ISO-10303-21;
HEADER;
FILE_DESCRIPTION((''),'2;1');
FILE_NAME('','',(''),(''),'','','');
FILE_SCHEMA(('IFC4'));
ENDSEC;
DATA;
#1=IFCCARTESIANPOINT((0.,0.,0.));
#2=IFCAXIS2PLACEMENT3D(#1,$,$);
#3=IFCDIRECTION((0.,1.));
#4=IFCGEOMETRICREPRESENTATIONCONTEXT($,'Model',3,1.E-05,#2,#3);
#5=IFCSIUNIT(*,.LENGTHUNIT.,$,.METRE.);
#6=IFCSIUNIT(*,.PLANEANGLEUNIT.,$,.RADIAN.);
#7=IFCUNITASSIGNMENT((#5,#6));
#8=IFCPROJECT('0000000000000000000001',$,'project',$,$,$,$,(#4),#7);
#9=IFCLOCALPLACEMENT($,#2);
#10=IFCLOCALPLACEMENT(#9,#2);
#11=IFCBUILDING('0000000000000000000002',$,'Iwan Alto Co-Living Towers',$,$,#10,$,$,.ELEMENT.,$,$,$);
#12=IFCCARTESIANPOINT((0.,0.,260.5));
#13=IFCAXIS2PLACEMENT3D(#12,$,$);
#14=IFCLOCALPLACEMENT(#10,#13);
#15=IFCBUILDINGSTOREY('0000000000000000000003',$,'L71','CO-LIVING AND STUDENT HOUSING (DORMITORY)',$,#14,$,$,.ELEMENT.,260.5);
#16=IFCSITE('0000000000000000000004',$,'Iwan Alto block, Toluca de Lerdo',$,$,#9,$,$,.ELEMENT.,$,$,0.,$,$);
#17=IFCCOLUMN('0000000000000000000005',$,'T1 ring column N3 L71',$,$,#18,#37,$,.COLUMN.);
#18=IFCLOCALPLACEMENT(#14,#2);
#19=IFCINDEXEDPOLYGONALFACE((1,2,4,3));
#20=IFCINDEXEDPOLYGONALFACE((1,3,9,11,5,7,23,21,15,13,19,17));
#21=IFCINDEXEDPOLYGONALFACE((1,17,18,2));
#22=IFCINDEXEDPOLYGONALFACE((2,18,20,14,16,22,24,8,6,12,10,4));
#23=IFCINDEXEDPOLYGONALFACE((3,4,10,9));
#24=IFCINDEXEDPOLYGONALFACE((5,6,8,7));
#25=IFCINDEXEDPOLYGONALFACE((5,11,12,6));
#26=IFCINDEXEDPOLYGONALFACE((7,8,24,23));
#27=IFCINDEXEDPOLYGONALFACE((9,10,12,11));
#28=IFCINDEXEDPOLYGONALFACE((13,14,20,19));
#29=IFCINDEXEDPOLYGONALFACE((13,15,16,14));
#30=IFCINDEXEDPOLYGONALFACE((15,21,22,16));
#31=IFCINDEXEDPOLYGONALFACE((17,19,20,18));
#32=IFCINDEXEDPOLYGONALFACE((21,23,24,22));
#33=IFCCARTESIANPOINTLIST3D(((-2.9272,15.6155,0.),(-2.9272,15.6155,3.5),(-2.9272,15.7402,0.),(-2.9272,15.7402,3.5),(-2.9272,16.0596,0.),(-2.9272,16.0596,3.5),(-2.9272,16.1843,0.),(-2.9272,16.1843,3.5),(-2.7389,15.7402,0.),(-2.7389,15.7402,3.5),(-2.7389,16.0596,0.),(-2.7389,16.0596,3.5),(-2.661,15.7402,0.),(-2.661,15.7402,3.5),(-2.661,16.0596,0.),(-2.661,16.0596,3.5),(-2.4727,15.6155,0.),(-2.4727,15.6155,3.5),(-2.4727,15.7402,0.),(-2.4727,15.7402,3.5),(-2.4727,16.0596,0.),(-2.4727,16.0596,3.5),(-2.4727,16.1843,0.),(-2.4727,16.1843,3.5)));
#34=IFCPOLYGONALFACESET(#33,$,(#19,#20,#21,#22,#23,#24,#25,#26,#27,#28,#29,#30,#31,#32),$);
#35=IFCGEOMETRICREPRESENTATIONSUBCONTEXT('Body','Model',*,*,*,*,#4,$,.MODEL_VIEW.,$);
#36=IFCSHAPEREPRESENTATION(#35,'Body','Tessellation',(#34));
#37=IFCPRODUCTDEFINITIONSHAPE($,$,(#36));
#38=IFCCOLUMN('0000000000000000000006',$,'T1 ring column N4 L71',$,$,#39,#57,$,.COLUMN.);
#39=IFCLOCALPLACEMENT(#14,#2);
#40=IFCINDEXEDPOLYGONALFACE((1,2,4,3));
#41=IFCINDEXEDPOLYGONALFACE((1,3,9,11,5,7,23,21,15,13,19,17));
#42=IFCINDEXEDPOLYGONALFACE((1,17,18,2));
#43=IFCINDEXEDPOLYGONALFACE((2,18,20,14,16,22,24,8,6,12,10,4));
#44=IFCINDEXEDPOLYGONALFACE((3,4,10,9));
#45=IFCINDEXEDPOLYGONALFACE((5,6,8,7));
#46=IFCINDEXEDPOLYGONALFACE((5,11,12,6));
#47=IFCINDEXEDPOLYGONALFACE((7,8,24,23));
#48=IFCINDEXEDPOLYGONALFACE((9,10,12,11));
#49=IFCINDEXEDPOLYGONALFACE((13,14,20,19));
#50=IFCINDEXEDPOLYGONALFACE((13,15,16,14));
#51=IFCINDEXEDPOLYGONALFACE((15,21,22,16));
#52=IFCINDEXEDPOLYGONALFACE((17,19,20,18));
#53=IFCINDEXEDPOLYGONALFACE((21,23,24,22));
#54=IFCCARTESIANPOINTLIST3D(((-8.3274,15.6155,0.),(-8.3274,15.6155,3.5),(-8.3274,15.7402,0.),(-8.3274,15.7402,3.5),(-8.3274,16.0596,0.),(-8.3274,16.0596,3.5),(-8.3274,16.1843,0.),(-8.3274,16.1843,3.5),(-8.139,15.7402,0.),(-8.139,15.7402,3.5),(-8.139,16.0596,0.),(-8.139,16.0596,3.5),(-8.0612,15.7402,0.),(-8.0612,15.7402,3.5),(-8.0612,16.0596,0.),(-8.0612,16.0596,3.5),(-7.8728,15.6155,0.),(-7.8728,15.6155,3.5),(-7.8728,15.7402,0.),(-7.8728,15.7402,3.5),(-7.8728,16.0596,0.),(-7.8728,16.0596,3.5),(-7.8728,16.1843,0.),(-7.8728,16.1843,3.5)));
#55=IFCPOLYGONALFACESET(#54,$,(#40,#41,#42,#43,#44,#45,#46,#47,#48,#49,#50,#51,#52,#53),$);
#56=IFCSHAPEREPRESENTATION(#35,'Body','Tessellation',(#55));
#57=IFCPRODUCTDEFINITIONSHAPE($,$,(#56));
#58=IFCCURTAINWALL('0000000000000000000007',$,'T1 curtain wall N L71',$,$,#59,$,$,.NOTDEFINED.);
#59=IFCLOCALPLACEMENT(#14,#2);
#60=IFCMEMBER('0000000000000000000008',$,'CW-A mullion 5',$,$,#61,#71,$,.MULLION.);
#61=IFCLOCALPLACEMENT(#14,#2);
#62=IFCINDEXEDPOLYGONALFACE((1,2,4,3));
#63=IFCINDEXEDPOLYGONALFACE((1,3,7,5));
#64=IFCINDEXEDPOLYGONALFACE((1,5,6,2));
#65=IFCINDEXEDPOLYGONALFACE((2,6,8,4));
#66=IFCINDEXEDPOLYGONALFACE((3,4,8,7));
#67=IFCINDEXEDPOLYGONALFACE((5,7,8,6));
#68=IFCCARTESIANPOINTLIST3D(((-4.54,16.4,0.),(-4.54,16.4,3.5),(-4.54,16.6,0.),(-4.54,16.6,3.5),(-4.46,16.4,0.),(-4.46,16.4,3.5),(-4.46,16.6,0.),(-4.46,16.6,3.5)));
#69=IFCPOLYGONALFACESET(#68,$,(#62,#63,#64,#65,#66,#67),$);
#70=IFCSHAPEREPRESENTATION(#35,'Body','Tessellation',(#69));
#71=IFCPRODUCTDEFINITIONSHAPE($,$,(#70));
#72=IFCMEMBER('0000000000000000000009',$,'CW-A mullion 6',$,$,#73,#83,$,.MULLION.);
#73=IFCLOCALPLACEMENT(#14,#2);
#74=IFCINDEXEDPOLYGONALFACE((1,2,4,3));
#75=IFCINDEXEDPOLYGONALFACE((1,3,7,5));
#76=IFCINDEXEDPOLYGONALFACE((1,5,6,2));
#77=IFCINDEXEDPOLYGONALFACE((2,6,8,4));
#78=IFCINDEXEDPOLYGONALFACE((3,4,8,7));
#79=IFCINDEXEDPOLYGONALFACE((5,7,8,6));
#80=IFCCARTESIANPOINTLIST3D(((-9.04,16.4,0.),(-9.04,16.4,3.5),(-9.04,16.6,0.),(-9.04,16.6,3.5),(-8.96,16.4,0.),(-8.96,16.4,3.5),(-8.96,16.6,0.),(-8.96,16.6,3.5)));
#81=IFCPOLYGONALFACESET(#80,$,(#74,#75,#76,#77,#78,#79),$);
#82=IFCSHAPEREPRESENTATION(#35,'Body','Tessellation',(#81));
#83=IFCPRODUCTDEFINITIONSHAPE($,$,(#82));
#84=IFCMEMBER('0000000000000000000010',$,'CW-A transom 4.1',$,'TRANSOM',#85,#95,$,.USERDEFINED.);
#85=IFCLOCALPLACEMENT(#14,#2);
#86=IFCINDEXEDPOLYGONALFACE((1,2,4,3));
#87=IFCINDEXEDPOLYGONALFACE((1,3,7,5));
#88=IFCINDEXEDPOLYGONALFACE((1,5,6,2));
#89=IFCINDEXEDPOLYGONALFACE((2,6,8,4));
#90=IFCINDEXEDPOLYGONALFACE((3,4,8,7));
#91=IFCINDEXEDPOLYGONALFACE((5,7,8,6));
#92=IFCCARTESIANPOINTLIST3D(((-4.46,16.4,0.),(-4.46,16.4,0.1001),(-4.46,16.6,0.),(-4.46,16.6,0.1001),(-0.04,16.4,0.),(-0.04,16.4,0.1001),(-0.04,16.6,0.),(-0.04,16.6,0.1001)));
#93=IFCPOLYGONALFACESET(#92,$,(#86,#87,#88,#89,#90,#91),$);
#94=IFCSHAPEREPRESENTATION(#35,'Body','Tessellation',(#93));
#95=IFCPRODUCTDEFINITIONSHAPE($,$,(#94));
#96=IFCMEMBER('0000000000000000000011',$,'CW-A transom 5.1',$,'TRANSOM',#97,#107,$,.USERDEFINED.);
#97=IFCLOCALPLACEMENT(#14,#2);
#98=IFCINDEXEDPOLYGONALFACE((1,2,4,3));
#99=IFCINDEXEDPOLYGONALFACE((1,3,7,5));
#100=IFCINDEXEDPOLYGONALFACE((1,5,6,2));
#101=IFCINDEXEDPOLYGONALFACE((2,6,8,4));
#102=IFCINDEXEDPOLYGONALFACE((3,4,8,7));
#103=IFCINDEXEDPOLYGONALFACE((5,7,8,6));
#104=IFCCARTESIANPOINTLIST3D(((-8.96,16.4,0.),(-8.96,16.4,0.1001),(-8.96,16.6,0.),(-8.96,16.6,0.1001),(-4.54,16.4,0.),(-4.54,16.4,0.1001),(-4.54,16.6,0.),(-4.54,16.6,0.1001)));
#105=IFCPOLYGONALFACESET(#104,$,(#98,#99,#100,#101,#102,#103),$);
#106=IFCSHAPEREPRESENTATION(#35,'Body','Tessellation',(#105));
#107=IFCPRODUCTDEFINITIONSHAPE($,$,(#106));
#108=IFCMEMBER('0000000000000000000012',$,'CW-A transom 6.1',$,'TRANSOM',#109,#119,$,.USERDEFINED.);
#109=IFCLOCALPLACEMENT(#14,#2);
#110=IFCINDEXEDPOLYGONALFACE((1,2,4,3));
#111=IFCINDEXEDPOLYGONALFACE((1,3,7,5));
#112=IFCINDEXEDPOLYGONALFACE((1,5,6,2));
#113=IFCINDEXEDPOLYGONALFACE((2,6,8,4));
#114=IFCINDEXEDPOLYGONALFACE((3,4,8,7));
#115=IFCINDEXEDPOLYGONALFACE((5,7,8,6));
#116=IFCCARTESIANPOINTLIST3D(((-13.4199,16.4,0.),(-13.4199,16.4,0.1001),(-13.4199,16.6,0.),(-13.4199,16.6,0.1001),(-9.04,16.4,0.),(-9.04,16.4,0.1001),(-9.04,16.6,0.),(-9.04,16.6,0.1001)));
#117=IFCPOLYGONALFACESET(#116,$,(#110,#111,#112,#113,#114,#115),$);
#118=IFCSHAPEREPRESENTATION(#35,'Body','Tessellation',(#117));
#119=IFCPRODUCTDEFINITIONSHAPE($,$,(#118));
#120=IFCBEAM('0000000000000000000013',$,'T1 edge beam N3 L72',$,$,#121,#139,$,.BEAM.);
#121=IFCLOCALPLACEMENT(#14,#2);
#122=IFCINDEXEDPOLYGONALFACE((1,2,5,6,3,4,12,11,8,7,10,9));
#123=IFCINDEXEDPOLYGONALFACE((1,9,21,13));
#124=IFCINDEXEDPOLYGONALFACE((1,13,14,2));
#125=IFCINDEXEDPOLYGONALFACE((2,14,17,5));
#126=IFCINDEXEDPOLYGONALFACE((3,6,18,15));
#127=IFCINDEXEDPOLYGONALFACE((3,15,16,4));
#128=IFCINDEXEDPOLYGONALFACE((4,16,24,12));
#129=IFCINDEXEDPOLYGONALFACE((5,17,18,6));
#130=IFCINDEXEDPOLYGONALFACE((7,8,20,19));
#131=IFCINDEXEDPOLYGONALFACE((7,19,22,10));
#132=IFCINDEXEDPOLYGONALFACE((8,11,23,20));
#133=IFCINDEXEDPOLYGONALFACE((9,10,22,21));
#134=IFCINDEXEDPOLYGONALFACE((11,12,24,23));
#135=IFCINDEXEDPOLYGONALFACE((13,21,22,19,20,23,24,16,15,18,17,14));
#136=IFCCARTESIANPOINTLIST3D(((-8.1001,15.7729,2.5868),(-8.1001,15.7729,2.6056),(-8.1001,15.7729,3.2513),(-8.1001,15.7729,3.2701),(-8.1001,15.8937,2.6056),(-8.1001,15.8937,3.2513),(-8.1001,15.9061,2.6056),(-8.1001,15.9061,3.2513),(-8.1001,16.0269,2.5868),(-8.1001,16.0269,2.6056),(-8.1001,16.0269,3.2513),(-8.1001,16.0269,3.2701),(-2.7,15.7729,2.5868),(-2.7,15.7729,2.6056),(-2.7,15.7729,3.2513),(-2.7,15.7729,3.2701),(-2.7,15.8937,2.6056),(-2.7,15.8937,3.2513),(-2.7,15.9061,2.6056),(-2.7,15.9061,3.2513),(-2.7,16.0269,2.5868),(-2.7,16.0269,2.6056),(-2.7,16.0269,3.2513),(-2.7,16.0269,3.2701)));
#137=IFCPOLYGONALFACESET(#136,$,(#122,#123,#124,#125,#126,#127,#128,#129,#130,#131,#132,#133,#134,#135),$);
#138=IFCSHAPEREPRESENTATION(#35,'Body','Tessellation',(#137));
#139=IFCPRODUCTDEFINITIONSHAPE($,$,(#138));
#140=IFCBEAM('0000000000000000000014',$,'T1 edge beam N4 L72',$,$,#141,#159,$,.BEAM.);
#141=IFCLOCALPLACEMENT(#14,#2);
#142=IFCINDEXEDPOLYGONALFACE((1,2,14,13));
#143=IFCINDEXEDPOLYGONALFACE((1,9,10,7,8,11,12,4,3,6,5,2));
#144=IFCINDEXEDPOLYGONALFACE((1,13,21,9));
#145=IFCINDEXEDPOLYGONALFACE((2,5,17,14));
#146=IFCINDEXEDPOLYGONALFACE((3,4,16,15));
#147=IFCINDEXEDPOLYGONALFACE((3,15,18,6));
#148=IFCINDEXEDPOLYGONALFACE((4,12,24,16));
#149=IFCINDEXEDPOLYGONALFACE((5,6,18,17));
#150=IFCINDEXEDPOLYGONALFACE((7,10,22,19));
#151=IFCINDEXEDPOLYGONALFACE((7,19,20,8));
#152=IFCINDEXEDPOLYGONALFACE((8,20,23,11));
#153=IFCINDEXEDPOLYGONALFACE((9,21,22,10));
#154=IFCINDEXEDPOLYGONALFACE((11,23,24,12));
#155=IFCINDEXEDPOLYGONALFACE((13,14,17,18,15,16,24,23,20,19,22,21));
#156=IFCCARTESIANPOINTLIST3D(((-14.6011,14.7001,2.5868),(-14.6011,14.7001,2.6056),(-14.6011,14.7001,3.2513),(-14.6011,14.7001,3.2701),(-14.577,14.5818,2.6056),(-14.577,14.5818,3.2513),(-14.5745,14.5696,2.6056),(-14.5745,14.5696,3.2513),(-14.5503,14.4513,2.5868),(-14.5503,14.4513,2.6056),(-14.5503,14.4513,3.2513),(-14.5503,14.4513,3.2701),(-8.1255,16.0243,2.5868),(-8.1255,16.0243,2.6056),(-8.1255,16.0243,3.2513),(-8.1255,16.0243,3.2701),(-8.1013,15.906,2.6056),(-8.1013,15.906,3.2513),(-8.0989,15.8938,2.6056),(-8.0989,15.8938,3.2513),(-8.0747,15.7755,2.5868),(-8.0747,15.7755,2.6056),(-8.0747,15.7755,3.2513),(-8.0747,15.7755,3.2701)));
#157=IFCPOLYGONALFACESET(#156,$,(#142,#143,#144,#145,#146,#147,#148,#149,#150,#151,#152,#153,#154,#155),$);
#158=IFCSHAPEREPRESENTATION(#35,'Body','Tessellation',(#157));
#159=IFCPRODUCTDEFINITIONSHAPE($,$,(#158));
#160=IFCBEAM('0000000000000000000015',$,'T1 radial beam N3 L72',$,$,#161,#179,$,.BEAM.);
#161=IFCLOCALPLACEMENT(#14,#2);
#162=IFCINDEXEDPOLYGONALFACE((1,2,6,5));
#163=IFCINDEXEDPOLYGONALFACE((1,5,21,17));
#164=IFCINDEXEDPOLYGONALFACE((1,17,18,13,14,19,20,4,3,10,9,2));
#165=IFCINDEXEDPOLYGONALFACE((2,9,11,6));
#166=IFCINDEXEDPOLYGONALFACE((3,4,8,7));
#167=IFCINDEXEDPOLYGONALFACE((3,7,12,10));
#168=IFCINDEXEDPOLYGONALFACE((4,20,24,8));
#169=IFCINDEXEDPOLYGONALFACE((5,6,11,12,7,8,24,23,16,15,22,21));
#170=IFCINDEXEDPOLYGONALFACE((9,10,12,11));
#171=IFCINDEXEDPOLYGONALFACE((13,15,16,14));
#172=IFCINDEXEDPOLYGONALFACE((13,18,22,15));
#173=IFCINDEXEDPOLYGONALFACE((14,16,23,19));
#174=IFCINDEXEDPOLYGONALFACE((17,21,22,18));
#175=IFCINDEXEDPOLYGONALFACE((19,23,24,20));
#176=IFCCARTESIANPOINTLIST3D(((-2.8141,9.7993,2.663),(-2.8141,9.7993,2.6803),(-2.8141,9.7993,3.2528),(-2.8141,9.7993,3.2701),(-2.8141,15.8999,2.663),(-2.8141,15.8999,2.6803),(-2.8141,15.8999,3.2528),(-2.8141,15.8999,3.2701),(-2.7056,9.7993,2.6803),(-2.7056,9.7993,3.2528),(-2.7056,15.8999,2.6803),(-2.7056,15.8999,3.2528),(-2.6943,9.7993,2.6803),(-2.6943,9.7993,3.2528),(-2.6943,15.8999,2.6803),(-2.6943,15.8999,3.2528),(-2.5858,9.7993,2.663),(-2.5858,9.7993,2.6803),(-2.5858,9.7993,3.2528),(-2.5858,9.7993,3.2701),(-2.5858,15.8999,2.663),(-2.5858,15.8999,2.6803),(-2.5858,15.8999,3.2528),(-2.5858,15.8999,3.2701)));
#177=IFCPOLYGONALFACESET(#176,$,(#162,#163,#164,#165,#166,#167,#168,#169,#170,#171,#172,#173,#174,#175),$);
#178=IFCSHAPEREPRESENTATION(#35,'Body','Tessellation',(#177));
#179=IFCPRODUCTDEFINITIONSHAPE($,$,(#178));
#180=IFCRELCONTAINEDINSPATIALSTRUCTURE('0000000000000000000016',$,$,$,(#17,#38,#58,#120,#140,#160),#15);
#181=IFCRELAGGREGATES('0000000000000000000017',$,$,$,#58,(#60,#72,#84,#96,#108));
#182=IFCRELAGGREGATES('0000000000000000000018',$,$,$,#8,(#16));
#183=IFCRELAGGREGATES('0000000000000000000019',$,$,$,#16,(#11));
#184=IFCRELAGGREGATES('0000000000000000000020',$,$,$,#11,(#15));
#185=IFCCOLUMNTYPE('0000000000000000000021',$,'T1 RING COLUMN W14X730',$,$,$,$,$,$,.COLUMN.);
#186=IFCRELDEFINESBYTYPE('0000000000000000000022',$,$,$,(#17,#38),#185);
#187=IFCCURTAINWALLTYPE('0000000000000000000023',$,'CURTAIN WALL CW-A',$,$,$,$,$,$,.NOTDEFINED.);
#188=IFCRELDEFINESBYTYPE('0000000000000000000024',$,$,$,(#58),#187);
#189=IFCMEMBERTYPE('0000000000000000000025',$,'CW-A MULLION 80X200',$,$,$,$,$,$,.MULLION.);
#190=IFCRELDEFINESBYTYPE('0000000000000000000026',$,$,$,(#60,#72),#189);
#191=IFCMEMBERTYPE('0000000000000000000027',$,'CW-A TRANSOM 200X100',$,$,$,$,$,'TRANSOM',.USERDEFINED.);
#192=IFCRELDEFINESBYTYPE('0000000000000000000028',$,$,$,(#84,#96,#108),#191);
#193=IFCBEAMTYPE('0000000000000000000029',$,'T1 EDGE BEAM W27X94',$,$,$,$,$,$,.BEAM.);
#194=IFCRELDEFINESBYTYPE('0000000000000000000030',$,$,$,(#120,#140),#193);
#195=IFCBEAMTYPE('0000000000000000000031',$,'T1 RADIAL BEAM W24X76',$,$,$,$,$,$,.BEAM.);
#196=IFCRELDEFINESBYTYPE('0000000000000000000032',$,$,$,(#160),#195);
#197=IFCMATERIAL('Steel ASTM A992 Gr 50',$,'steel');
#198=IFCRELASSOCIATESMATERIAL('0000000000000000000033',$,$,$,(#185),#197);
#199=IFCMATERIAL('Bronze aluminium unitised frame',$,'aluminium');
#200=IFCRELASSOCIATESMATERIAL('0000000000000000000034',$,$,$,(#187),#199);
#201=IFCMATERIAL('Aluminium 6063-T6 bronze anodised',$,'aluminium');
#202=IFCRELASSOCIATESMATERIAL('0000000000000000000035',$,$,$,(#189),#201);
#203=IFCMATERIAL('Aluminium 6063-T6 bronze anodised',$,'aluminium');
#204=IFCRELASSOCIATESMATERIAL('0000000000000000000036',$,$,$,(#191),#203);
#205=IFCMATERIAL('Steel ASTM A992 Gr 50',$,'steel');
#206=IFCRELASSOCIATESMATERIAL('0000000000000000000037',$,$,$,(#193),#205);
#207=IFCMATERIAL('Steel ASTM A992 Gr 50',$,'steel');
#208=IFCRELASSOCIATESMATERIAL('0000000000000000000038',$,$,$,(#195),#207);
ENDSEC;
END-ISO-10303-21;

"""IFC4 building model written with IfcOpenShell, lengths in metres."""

from ifc_helpers import new_model, si_unit, direction, frame, origin, origin_2d, place, context, subcontext, project, spatial, rectangle, i_section, extrude, material, material_profile, profile_set, type_object, element, aggregate, save


model = new_model("IFC4")

# Units and contexts
model_context = context("Model", 3, precision=1e-05, world=origin(), true_north=direction((0.0, 1.0)))
body_context = subcontext(model_context, "Body", "Model", "MODEL_VIEW")
ifc_project = project(units=[si_unit("LENGTHUNIT", "METRE"), si_unit("PLANEANGLEUNIT", "RADIAN")], contexts=[model_context])

# Site, building, storey
site_placement = place(None, origin())
site = spatial("IfcSite", under=ifc_project, at=site_placement, Name="Iwan Alto block, Toluca de Lerdo", CompositionType="ELEMENT", RefElevation=0.0)
building_placement = place(site_placement, origin())
building = spatial("IfcBuilding", under=site, at=building_placement, Name="Iwan Alto Co-Living Towers", CompositionType="ELEMENT")
storey_placement = place(building_placement, frame((0.0, 0.0, 260.5)))
storey = spatial("IfcBuildingStorey", under=building, at=storey_placement, Name="L71", Description="CO-LIVING AND STUDENT HOUSING (DORMITORY)", CompositionType="ELEMENT", Elevation=260.5)

# Columns
ifc_material_1 = material(Name="Steel ASTM A992 Gr 50", Category="steel")
ifc_material_profile_1 = material_profile(ifc_material_1, i_section(OverallWidth=0.4546, OverallDepth=0.5688, WebThickness=0.0779, FlangeThickness=0.1248, at=origin_2d()), Name="W14X730")
ifc_profile_set_1 = profile_set([ifc_material_profile_1], Name="Steel ASTM A992 Gr 50")
column_type = type_object("IfcColumnType", Name="T1 RING COLUMN W14X730", PredefinedType="COLUMN", material=ifc_profile_set_1)
for number, where, z_axis, x_axis, name in (
    (1, (-2.7, 15.8999, 0.0), (0.0, 0.0, 1.0), (1.0, 0.0, 0.0), "T1 ring column N3 L71"),
    (2, (-8.1001, 15.8999, 0.0), (0.0, 0.0, 1.0), (1.0, 0.0, 0.0), "T1 ring column N4 L71"),
):
    element("IfcColumn", number, at=place(storey_placement, frame(where, z_axis=z_axis, x_axis=x_axis)), inside=storey, type_object=column_type, Name=name, PredefinedType="COLUMN", context=body_context, shape_type="SweptSolid", body=[
        extrude(i_section(OverallWidth=0.4546, OverallDepth=0.5688, WebThickness=0.0779, FlangeThickness=0.1248, at=origin_2d()), origin(), (0.0, 0.0, 1.0), 3.5),
    ])

# Curtain wall, members
ifc_material_2 = material(Name="Bronze aluminium unitised frame", Category="aluminium")
curtain_wall_type = type_object("IfcCurtainWallType", Name="CURTAIN WALL CW-A", PredefinedType="NOTDEFINED", material=ifc_material_2)
curtain_wall_placement = place(storey_placement, origin())
curtain_wall = element("IfcCurtainWall", 3, at=curtain_wall_placement, inside=storey, type_object=curtain_wall_type, Name="T1 curtain wall N L71", PredefinedType="NOTDEFINED")
ifc_material_3 = material(Name="Aluminium 6063-T6 bronze anodised", Category="aluminium")
ifc_material_profile_2 = material_profile(ifc_material_3, rectangle(XDim=0.2, YDim=0.0801, at=origin_2d()), Name="AL 80X200")
ifc_profile_set_2 = profile_set([ifc_material_profile_2], Name="Aluminium 6063-T6 bronze anodised")
member_type_1 = type_object("IfcMemberType", Name="CW-A MULLION 80X200", PredefinedType="MULLION", material=ifc_profile_set_2)
member_1_placement = place(storey_placement, frame((-4.5, 16.5, 0.0), z_axis=(0.0, 0.0, 1.0), x_axis=(0.0, -1.0, 0.0)))
member_1 = element("IfcMember", 4, at=member_1_placement, type_object=member_type_1, Name="CW-A mullion 5", PredefinedType="MULLION", context=body_context, shape_type="SweptSolid", body=[
    extrude(rectangle(XDim=0.2, YDim=0.0801, at=origin_2d()), origin(), (0.0, 0.0, 1.0), 3.5),
])
member_2_placement = place(storey_placement, frame((-9.0, 16.5, 0.0), z_axis=(0.0, 0.0, 1.0), x_axis=(0.0, -1.0, 0.0)))
member_2 = element("IfcMember", 5, at=member_2_placement, type_object=member_type_1, Name="CW-A mullion 6", PredefinedType="MULLION", context=body_context, shape_type="SweptSolid", body=[
    extrude(rectangle(XDim=0.2, YDim=0.0801, at=origin_2d()), origin(), (0.0, 0.0, 1.0), 3.5),
])
ifc_material_4 = material(Name="Aluminium 6063-T6 bronze anodised", Category="aluminium")
ifc_material_profile_3 = material_profile(ifc_material_4, rectangle(XDim=0.2, YDim=0.1001, at=origin_2d()), Name="AL 200X100")
ifc_profile_set_3 = profile_set([ifc_material_profile_3], Name="Aluminium 6063-T6 bronze anodised")
member_type_2 = type_object("IfcMemberType", Name="CW-A TRANSOM 200X100", ElementType="TRANSOM", PredefinedType="USERDEFINED", material=ifc_profile_set_3)
member_3_placement = place(storey_placement, frame((-0.04, 16.5, 0.05), z_axis=(-1.0, 0.0, 0.0), x_axis=(0.0, -1.0, 0.0)))
member_3 = element("IfcMember", 6, at=member_3_placement, type_object=member_type_2, Name="CW-A transom 4.1", ObjectType="TRANSOM", PredefinedType="USERDEFINED", context=body_context, shape_type="SweptSolid", body=[
    extrude(rectangle(XDim=0.2, YDim=0.1001, at=origin_2d()), origin(), (0.0, 0.0, 1.0), 4.4199),
])
member_4_placement = place(storey_placement, frame((-4.54, 16.5, 0.05), z_axis=(-1.0, 0.0, 0.0), x_axis=(0.0, -1.0, 0.0)))
member_4 = element("IfcMember", 7, at=member_4_placement, type_object=member_type_2, Name="CW-A transom 5.1", ObjectType="TRANSOM", PredefinedType="USERDEFINED", context=body_context, shape_type="SweptSolid", body=[
    extrude(rectangle(XDim=0.2, YDim=0.1001, at=origin_2d()), origin(), (0.0, 0.0, 1.0), 4.4199),
])
member_5_placement = place(storey_placement, frame((-9.04, 16.5, 0.05), z_axis=(-1.0, 0.0, 0.0), x_axis=(0.0, -1.0, 0.0)))
member_5 = element("IfcMember", 8, at=member_5_placement, type_object=member_type_2, Name="CW-A transom 6.1", ObjectType="TRANSOM", PredefinedType="USERDEFINED", context=body_context, shape_type="SweptSolid", body=[
    extrude(rectangle(XDim=0.2, YDim=0.1001, at=origin_2d()), origin(), (0.0, 0.0, 1.0), 4.3799),
])

# Beams
ifc_material_5 = material(Name="Steel ASTM A992 Gr 50", Category="steel")
ifc_material_profile_4 = material_profile(ifc_material_5, i_section(OverallWidth=0.2539, OverallDepth=0.6833, WebThickness=0.0125, FlangeThickness=0.0188, at=origin_2d()), Name="W27X94")
ifc_profile_set_4 = profile_set([ifc_material_profile_4], Name="Steel ASTM A992 Gr 50")
beam_type_1 = type_object("IfcBeamType", Name="T1 EDGE BEAM W27X94", PredefinedType="BEAM", material=ifc_profile_set_4)
beam_1_placement = place(storey_placement, frame((-2.7, 15.8999, 2.9285), z_axis=(-1.0, 0.0, 0.0), x_axis=(0.0, -1.0, 0.0)))
element("IfcBeam", 9, at=beam_1_placement, inside=storey, type_object=beam_type_1, Name="T1 edge beam N3 L72", PredefinedType="BEAM", context=body_context, shape_type="SweptSolid", body=[
    extrude(i_section(OverallWidth=0.2539, OverallDepth=0.6833, WebThickness=0.0125, FlangeThickness=0.0188, at=origin_2d()), origin(), (0.0, 0.0, 1.0), 5.4001),
])
beam_2_placement = place(storey_placement, frame((-8.1001, 15.8999, 2.9285), z_axis=(-0.979725, -0.200348, 0.0), x_axis=(0.200348, -0.979725, 0.0)))
element("IfcBeam", 10, at=beam_2_placement, inside=storey, type_object=beam_type_1, Name="T1 edge beam N4 L72", PredefinedType="BEAM", context=body_context, shape_type="SweptSolid", body=[
    extrude(i_section(OverallWidth=0.2539, OverallDepth=0.6833, WebThickness=0.0125, FlangeThickness=0.0188, at=origin_2d()), origin(), (0.0, 0.0, 1.0), 6.6096),
])
ifc_material_6 = material(Name="Steel ASTM A992 Gr 50", Category="steel")
ifc_material_profile_5 = material_profile(ifc_material_6, i_section(OverallWidth=0.2283, OverallDepth=0.6072, WebThickness=0.0112, FlangeThickness=0.0173, at=origin_2d()), Name="W24X76")
ifc_profile_set_5 = profile_set([ifc_material_profile_5], Name="Steel ASTM A992 Gr 50")
beam_type_2 = type_object("IfcBeamType", Name="T1 RADIAL BEAM W24X76", PredefinedType="BEAM", material=ifc_profile_set_5)
for number, where, z_axis, x_axis, name in (
    (11, (-2.7, 15.8999, 2.9666), (0.0, -1.0, 0.0), (1.0, 0.0, 0.0), "T1 radial beam N3 L72"),
):
    element("IfcBeam", number, at=place(storey_placement, frame(where, z_axis=z_axis, x_axis=x_axis)), inside=storey, type_object=beam_type_2, Name=name, PredefinedType="BEAM", context=body_context, shape_type="SweptSolid", body=[
        extrude(i_section(OverallWidth=0.2283, OverallDepth=0.6072, WebThickness=0.0112, FlangeThickness=0.0173, at=origin_2d()), origin(), (0.0, 0.0, 1.0), 6.1006),
    ])

aggregate(curtain_wall, [member_1, member_2, member_3, member_4, member_5])

save(model, "model.ifc")
